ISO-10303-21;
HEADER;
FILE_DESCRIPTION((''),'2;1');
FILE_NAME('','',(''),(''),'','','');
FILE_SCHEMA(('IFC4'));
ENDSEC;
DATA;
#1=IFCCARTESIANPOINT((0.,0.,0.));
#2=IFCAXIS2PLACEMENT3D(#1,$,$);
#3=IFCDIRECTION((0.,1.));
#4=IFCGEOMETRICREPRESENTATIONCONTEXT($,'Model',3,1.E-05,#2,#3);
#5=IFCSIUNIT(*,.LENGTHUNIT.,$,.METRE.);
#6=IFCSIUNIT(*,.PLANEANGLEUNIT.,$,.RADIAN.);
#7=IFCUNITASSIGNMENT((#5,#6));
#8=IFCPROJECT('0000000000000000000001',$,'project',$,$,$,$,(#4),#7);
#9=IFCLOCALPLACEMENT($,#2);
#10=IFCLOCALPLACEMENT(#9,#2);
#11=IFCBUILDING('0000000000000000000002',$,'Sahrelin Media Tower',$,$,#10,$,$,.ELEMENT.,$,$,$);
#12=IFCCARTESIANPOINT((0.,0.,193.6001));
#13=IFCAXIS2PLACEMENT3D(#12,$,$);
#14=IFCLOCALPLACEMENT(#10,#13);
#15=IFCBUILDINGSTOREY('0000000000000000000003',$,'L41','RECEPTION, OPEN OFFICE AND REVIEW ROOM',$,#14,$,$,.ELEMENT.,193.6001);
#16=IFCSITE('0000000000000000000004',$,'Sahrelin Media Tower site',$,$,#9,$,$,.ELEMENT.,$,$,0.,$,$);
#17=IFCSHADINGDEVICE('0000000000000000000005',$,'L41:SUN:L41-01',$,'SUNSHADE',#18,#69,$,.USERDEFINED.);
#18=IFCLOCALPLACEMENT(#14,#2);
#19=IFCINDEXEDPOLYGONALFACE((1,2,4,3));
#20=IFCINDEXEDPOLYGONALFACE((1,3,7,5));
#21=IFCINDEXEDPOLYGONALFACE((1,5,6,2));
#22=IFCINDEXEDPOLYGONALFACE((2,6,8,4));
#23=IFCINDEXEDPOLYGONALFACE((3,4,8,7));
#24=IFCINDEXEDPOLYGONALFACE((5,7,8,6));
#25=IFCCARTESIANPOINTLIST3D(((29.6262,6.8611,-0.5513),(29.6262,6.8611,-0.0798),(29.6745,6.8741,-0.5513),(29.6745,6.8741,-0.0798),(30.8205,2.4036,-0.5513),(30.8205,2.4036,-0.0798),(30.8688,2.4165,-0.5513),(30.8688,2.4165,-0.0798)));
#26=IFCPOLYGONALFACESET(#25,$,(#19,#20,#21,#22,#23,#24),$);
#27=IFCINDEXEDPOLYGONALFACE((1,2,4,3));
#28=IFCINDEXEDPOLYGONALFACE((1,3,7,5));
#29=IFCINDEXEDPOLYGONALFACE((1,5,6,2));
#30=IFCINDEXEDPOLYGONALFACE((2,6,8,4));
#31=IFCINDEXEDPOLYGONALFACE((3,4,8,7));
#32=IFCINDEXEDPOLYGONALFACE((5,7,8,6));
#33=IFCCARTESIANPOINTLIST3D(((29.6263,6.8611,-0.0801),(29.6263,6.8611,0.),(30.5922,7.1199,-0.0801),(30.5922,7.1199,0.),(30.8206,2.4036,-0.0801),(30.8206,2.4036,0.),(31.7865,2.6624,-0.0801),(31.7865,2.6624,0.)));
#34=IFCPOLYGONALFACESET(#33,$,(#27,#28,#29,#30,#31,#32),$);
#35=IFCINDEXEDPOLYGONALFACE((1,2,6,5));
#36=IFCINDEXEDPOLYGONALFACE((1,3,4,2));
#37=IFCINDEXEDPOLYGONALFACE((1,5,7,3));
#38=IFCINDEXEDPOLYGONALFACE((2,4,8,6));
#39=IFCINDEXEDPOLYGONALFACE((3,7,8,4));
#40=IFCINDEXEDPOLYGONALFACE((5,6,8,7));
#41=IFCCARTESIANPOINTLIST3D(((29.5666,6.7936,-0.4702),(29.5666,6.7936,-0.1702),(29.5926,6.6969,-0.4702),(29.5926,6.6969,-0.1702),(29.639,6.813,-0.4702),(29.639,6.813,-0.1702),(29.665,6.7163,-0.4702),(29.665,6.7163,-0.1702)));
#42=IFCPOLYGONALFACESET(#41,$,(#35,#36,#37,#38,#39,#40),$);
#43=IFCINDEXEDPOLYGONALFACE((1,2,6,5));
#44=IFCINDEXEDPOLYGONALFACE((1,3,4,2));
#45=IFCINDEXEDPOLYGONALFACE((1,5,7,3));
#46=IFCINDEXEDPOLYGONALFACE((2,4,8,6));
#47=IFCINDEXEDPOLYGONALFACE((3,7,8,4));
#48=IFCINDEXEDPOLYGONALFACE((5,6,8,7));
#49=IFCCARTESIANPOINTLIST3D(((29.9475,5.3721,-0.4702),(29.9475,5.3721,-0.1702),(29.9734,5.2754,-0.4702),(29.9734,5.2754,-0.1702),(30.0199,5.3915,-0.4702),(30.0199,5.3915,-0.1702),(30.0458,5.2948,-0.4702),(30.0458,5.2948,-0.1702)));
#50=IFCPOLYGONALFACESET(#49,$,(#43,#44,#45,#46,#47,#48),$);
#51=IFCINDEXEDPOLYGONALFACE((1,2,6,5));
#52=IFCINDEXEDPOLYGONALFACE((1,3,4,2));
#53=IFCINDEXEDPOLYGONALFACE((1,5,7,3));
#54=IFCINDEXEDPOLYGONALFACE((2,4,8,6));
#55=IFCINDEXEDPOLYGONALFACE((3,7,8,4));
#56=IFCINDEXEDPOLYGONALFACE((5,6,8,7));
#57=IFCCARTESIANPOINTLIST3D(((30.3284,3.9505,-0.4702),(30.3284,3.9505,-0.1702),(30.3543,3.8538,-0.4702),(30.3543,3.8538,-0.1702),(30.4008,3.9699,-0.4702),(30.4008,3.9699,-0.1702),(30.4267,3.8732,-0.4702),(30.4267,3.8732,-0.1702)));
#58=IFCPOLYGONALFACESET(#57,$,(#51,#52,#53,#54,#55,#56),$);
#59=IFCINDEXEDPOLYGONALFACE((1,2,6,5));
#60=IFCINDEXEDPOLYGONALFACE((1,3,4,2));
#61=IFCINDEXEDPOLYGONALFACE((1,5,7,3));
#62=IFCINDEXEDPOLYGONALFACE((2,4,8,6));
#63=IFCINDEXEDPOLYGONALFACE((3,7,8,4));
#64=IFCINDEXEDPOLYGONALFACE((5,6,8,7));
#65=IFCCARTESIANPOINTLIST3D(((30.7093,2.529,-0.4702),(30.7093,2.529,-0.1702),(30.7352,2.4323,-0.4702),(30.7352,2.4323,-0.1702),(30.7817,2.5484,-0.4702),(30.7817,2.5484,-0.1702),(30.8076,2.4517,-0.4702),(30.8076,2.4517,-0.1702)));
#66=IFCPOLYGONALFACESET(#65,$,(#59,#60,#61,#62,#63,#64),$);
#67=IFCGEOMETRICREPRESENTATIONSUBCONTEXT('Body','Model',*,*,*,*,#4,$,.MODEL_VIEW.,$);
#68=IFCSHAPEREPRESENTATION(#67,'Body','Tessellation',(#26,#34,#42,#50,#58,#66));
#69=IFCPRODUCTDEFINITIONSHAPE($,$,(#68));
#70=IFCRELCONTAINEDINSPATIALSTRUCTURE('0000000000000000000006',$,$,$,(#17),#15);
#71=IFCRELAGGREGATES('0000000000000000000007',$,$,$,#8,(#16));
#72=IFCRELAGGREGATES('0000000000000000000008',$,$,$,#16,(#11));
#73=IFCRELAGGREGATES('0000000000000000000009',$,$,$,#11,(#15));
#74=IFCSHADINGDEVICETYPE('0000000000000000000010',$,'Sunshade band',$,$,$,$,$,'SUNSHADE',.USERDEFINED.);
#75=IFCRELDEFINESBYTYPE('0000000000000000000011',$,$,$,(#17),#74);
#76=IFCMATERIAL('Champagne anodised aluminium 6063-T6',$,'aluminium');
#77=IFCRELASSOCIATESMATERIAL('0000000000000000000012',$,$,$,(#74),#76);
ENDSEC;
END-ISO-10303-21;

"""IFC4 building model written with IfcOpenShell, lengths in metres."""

from ifc_helpers import new_model, si_unit, direction, frame, origin, origin_2d, place, context, subcontext, project, spatial, rectangle, extrude, material, type_object, element, save


model = new_model("IFC4")

# Units and contexts
model_context = context("Model", 3, precision=1e-05, world=origin(), true_north=direction((0.0, 1.0)))
body_context = subcontext(model_context, "Body", "Model", "MODEL_VIEW")
ifc_project = project(units=[si_unit("LENGTHUNIT", "METRE"), si_unit("PLANEANGLEUNIT", "RADIAN")], contexts=[model_context])

# Site, building, storey
site_placement = place(None, origin())
site = spatial("IfcSite", under=ifc_project, at=site_placement, Name="Sahrelin Media Tower site", CompositionType="ELEMENT", RefElevation=0.0)
building_placement = place(site_placement, origin())
building = spatial("IfcBuilding", under=site, at=building_placement, Name="Sahrelin Media Tower", CompositionType="ELEMENT")
storey_placement = place(building_placement, frame((0.0, 0.0, 193.6001)))
storey = spatial("IfcBuildingStorey", under=building, at=storey_placement, Name="L41", Description="RECEPTION, OPEN OFFICE AND REVIEW ROOM", CompositionType="ELEMENT", Elevation=193.6001)

# Shared definitions
ifc_material_1 = material(Name="Champagne anodised aluminium 6063-T6", Category="aluminium")

# Shading device
placement_1 = place(storey_placement, frame((30.2041, 4.6272, 0.0), z_axis=(0.0, 0.0, 1.0), x_axis=(0.258808, -0.965929, 0.0)))
shading_device_type_1 = type_object("IfcShadingDeviceType", Name="Sunshade band", ElementType="SUNSHADE", PredefinedType="USERDEFINED", material=ifc_material_1)
element("IfcShadingDevice", 1, at=placement_1, inside=storey, type_object=shading_device_type_1, Name="L41:SUN:L41-01", ObjectType="SUNSHADE", PredefinedType="USERDEFINED", context=body_context, shape_type="SweptSolid", body=[
    extrude(rectangle(XDim=4.6147, YDim=0.05, at=origin_2d()), frame((0.0, 0.0449, -0.5513)), (0.0, 0.0, 1.0), 0.4714),
    extrude(rectangle(XDim=4.6147, YDim=1.0, at=origin_2d()), frame((0.0, 0.52, -0.0801)), (0.0, 0.0, 1.0), 0.0801),
    extrude(rectangle(XDim=0.1001, YDim=0.075, at=origin_2d()), frame((-2.2075, -0.0176, -0.4702)), (0.0, 0.0, 1.0), 0.3),
    extrude(rectangle(XDim=0.1001, YDim=0.075, at=origin_2d()), frame((-0.7358, -0.0176, -0.4702)), (0.0, 0.0, 1.0), 0.3),
    extrude(rectangle(XDim=0.1001, YDim=0.075, at=origin_2d()), frame((0.7358, -0.0176, -0.4702)), (0.0, 0.0, 1.0), 0.3),
    extrude(rectangle(XDim=0.1001, YDim=0.075, at=origin_2d()), frame((2.2075, -0.0176, -0.4702)), (0.0, 0.0, 1.0), 0.3),
])

save(model, "model.ifc")
